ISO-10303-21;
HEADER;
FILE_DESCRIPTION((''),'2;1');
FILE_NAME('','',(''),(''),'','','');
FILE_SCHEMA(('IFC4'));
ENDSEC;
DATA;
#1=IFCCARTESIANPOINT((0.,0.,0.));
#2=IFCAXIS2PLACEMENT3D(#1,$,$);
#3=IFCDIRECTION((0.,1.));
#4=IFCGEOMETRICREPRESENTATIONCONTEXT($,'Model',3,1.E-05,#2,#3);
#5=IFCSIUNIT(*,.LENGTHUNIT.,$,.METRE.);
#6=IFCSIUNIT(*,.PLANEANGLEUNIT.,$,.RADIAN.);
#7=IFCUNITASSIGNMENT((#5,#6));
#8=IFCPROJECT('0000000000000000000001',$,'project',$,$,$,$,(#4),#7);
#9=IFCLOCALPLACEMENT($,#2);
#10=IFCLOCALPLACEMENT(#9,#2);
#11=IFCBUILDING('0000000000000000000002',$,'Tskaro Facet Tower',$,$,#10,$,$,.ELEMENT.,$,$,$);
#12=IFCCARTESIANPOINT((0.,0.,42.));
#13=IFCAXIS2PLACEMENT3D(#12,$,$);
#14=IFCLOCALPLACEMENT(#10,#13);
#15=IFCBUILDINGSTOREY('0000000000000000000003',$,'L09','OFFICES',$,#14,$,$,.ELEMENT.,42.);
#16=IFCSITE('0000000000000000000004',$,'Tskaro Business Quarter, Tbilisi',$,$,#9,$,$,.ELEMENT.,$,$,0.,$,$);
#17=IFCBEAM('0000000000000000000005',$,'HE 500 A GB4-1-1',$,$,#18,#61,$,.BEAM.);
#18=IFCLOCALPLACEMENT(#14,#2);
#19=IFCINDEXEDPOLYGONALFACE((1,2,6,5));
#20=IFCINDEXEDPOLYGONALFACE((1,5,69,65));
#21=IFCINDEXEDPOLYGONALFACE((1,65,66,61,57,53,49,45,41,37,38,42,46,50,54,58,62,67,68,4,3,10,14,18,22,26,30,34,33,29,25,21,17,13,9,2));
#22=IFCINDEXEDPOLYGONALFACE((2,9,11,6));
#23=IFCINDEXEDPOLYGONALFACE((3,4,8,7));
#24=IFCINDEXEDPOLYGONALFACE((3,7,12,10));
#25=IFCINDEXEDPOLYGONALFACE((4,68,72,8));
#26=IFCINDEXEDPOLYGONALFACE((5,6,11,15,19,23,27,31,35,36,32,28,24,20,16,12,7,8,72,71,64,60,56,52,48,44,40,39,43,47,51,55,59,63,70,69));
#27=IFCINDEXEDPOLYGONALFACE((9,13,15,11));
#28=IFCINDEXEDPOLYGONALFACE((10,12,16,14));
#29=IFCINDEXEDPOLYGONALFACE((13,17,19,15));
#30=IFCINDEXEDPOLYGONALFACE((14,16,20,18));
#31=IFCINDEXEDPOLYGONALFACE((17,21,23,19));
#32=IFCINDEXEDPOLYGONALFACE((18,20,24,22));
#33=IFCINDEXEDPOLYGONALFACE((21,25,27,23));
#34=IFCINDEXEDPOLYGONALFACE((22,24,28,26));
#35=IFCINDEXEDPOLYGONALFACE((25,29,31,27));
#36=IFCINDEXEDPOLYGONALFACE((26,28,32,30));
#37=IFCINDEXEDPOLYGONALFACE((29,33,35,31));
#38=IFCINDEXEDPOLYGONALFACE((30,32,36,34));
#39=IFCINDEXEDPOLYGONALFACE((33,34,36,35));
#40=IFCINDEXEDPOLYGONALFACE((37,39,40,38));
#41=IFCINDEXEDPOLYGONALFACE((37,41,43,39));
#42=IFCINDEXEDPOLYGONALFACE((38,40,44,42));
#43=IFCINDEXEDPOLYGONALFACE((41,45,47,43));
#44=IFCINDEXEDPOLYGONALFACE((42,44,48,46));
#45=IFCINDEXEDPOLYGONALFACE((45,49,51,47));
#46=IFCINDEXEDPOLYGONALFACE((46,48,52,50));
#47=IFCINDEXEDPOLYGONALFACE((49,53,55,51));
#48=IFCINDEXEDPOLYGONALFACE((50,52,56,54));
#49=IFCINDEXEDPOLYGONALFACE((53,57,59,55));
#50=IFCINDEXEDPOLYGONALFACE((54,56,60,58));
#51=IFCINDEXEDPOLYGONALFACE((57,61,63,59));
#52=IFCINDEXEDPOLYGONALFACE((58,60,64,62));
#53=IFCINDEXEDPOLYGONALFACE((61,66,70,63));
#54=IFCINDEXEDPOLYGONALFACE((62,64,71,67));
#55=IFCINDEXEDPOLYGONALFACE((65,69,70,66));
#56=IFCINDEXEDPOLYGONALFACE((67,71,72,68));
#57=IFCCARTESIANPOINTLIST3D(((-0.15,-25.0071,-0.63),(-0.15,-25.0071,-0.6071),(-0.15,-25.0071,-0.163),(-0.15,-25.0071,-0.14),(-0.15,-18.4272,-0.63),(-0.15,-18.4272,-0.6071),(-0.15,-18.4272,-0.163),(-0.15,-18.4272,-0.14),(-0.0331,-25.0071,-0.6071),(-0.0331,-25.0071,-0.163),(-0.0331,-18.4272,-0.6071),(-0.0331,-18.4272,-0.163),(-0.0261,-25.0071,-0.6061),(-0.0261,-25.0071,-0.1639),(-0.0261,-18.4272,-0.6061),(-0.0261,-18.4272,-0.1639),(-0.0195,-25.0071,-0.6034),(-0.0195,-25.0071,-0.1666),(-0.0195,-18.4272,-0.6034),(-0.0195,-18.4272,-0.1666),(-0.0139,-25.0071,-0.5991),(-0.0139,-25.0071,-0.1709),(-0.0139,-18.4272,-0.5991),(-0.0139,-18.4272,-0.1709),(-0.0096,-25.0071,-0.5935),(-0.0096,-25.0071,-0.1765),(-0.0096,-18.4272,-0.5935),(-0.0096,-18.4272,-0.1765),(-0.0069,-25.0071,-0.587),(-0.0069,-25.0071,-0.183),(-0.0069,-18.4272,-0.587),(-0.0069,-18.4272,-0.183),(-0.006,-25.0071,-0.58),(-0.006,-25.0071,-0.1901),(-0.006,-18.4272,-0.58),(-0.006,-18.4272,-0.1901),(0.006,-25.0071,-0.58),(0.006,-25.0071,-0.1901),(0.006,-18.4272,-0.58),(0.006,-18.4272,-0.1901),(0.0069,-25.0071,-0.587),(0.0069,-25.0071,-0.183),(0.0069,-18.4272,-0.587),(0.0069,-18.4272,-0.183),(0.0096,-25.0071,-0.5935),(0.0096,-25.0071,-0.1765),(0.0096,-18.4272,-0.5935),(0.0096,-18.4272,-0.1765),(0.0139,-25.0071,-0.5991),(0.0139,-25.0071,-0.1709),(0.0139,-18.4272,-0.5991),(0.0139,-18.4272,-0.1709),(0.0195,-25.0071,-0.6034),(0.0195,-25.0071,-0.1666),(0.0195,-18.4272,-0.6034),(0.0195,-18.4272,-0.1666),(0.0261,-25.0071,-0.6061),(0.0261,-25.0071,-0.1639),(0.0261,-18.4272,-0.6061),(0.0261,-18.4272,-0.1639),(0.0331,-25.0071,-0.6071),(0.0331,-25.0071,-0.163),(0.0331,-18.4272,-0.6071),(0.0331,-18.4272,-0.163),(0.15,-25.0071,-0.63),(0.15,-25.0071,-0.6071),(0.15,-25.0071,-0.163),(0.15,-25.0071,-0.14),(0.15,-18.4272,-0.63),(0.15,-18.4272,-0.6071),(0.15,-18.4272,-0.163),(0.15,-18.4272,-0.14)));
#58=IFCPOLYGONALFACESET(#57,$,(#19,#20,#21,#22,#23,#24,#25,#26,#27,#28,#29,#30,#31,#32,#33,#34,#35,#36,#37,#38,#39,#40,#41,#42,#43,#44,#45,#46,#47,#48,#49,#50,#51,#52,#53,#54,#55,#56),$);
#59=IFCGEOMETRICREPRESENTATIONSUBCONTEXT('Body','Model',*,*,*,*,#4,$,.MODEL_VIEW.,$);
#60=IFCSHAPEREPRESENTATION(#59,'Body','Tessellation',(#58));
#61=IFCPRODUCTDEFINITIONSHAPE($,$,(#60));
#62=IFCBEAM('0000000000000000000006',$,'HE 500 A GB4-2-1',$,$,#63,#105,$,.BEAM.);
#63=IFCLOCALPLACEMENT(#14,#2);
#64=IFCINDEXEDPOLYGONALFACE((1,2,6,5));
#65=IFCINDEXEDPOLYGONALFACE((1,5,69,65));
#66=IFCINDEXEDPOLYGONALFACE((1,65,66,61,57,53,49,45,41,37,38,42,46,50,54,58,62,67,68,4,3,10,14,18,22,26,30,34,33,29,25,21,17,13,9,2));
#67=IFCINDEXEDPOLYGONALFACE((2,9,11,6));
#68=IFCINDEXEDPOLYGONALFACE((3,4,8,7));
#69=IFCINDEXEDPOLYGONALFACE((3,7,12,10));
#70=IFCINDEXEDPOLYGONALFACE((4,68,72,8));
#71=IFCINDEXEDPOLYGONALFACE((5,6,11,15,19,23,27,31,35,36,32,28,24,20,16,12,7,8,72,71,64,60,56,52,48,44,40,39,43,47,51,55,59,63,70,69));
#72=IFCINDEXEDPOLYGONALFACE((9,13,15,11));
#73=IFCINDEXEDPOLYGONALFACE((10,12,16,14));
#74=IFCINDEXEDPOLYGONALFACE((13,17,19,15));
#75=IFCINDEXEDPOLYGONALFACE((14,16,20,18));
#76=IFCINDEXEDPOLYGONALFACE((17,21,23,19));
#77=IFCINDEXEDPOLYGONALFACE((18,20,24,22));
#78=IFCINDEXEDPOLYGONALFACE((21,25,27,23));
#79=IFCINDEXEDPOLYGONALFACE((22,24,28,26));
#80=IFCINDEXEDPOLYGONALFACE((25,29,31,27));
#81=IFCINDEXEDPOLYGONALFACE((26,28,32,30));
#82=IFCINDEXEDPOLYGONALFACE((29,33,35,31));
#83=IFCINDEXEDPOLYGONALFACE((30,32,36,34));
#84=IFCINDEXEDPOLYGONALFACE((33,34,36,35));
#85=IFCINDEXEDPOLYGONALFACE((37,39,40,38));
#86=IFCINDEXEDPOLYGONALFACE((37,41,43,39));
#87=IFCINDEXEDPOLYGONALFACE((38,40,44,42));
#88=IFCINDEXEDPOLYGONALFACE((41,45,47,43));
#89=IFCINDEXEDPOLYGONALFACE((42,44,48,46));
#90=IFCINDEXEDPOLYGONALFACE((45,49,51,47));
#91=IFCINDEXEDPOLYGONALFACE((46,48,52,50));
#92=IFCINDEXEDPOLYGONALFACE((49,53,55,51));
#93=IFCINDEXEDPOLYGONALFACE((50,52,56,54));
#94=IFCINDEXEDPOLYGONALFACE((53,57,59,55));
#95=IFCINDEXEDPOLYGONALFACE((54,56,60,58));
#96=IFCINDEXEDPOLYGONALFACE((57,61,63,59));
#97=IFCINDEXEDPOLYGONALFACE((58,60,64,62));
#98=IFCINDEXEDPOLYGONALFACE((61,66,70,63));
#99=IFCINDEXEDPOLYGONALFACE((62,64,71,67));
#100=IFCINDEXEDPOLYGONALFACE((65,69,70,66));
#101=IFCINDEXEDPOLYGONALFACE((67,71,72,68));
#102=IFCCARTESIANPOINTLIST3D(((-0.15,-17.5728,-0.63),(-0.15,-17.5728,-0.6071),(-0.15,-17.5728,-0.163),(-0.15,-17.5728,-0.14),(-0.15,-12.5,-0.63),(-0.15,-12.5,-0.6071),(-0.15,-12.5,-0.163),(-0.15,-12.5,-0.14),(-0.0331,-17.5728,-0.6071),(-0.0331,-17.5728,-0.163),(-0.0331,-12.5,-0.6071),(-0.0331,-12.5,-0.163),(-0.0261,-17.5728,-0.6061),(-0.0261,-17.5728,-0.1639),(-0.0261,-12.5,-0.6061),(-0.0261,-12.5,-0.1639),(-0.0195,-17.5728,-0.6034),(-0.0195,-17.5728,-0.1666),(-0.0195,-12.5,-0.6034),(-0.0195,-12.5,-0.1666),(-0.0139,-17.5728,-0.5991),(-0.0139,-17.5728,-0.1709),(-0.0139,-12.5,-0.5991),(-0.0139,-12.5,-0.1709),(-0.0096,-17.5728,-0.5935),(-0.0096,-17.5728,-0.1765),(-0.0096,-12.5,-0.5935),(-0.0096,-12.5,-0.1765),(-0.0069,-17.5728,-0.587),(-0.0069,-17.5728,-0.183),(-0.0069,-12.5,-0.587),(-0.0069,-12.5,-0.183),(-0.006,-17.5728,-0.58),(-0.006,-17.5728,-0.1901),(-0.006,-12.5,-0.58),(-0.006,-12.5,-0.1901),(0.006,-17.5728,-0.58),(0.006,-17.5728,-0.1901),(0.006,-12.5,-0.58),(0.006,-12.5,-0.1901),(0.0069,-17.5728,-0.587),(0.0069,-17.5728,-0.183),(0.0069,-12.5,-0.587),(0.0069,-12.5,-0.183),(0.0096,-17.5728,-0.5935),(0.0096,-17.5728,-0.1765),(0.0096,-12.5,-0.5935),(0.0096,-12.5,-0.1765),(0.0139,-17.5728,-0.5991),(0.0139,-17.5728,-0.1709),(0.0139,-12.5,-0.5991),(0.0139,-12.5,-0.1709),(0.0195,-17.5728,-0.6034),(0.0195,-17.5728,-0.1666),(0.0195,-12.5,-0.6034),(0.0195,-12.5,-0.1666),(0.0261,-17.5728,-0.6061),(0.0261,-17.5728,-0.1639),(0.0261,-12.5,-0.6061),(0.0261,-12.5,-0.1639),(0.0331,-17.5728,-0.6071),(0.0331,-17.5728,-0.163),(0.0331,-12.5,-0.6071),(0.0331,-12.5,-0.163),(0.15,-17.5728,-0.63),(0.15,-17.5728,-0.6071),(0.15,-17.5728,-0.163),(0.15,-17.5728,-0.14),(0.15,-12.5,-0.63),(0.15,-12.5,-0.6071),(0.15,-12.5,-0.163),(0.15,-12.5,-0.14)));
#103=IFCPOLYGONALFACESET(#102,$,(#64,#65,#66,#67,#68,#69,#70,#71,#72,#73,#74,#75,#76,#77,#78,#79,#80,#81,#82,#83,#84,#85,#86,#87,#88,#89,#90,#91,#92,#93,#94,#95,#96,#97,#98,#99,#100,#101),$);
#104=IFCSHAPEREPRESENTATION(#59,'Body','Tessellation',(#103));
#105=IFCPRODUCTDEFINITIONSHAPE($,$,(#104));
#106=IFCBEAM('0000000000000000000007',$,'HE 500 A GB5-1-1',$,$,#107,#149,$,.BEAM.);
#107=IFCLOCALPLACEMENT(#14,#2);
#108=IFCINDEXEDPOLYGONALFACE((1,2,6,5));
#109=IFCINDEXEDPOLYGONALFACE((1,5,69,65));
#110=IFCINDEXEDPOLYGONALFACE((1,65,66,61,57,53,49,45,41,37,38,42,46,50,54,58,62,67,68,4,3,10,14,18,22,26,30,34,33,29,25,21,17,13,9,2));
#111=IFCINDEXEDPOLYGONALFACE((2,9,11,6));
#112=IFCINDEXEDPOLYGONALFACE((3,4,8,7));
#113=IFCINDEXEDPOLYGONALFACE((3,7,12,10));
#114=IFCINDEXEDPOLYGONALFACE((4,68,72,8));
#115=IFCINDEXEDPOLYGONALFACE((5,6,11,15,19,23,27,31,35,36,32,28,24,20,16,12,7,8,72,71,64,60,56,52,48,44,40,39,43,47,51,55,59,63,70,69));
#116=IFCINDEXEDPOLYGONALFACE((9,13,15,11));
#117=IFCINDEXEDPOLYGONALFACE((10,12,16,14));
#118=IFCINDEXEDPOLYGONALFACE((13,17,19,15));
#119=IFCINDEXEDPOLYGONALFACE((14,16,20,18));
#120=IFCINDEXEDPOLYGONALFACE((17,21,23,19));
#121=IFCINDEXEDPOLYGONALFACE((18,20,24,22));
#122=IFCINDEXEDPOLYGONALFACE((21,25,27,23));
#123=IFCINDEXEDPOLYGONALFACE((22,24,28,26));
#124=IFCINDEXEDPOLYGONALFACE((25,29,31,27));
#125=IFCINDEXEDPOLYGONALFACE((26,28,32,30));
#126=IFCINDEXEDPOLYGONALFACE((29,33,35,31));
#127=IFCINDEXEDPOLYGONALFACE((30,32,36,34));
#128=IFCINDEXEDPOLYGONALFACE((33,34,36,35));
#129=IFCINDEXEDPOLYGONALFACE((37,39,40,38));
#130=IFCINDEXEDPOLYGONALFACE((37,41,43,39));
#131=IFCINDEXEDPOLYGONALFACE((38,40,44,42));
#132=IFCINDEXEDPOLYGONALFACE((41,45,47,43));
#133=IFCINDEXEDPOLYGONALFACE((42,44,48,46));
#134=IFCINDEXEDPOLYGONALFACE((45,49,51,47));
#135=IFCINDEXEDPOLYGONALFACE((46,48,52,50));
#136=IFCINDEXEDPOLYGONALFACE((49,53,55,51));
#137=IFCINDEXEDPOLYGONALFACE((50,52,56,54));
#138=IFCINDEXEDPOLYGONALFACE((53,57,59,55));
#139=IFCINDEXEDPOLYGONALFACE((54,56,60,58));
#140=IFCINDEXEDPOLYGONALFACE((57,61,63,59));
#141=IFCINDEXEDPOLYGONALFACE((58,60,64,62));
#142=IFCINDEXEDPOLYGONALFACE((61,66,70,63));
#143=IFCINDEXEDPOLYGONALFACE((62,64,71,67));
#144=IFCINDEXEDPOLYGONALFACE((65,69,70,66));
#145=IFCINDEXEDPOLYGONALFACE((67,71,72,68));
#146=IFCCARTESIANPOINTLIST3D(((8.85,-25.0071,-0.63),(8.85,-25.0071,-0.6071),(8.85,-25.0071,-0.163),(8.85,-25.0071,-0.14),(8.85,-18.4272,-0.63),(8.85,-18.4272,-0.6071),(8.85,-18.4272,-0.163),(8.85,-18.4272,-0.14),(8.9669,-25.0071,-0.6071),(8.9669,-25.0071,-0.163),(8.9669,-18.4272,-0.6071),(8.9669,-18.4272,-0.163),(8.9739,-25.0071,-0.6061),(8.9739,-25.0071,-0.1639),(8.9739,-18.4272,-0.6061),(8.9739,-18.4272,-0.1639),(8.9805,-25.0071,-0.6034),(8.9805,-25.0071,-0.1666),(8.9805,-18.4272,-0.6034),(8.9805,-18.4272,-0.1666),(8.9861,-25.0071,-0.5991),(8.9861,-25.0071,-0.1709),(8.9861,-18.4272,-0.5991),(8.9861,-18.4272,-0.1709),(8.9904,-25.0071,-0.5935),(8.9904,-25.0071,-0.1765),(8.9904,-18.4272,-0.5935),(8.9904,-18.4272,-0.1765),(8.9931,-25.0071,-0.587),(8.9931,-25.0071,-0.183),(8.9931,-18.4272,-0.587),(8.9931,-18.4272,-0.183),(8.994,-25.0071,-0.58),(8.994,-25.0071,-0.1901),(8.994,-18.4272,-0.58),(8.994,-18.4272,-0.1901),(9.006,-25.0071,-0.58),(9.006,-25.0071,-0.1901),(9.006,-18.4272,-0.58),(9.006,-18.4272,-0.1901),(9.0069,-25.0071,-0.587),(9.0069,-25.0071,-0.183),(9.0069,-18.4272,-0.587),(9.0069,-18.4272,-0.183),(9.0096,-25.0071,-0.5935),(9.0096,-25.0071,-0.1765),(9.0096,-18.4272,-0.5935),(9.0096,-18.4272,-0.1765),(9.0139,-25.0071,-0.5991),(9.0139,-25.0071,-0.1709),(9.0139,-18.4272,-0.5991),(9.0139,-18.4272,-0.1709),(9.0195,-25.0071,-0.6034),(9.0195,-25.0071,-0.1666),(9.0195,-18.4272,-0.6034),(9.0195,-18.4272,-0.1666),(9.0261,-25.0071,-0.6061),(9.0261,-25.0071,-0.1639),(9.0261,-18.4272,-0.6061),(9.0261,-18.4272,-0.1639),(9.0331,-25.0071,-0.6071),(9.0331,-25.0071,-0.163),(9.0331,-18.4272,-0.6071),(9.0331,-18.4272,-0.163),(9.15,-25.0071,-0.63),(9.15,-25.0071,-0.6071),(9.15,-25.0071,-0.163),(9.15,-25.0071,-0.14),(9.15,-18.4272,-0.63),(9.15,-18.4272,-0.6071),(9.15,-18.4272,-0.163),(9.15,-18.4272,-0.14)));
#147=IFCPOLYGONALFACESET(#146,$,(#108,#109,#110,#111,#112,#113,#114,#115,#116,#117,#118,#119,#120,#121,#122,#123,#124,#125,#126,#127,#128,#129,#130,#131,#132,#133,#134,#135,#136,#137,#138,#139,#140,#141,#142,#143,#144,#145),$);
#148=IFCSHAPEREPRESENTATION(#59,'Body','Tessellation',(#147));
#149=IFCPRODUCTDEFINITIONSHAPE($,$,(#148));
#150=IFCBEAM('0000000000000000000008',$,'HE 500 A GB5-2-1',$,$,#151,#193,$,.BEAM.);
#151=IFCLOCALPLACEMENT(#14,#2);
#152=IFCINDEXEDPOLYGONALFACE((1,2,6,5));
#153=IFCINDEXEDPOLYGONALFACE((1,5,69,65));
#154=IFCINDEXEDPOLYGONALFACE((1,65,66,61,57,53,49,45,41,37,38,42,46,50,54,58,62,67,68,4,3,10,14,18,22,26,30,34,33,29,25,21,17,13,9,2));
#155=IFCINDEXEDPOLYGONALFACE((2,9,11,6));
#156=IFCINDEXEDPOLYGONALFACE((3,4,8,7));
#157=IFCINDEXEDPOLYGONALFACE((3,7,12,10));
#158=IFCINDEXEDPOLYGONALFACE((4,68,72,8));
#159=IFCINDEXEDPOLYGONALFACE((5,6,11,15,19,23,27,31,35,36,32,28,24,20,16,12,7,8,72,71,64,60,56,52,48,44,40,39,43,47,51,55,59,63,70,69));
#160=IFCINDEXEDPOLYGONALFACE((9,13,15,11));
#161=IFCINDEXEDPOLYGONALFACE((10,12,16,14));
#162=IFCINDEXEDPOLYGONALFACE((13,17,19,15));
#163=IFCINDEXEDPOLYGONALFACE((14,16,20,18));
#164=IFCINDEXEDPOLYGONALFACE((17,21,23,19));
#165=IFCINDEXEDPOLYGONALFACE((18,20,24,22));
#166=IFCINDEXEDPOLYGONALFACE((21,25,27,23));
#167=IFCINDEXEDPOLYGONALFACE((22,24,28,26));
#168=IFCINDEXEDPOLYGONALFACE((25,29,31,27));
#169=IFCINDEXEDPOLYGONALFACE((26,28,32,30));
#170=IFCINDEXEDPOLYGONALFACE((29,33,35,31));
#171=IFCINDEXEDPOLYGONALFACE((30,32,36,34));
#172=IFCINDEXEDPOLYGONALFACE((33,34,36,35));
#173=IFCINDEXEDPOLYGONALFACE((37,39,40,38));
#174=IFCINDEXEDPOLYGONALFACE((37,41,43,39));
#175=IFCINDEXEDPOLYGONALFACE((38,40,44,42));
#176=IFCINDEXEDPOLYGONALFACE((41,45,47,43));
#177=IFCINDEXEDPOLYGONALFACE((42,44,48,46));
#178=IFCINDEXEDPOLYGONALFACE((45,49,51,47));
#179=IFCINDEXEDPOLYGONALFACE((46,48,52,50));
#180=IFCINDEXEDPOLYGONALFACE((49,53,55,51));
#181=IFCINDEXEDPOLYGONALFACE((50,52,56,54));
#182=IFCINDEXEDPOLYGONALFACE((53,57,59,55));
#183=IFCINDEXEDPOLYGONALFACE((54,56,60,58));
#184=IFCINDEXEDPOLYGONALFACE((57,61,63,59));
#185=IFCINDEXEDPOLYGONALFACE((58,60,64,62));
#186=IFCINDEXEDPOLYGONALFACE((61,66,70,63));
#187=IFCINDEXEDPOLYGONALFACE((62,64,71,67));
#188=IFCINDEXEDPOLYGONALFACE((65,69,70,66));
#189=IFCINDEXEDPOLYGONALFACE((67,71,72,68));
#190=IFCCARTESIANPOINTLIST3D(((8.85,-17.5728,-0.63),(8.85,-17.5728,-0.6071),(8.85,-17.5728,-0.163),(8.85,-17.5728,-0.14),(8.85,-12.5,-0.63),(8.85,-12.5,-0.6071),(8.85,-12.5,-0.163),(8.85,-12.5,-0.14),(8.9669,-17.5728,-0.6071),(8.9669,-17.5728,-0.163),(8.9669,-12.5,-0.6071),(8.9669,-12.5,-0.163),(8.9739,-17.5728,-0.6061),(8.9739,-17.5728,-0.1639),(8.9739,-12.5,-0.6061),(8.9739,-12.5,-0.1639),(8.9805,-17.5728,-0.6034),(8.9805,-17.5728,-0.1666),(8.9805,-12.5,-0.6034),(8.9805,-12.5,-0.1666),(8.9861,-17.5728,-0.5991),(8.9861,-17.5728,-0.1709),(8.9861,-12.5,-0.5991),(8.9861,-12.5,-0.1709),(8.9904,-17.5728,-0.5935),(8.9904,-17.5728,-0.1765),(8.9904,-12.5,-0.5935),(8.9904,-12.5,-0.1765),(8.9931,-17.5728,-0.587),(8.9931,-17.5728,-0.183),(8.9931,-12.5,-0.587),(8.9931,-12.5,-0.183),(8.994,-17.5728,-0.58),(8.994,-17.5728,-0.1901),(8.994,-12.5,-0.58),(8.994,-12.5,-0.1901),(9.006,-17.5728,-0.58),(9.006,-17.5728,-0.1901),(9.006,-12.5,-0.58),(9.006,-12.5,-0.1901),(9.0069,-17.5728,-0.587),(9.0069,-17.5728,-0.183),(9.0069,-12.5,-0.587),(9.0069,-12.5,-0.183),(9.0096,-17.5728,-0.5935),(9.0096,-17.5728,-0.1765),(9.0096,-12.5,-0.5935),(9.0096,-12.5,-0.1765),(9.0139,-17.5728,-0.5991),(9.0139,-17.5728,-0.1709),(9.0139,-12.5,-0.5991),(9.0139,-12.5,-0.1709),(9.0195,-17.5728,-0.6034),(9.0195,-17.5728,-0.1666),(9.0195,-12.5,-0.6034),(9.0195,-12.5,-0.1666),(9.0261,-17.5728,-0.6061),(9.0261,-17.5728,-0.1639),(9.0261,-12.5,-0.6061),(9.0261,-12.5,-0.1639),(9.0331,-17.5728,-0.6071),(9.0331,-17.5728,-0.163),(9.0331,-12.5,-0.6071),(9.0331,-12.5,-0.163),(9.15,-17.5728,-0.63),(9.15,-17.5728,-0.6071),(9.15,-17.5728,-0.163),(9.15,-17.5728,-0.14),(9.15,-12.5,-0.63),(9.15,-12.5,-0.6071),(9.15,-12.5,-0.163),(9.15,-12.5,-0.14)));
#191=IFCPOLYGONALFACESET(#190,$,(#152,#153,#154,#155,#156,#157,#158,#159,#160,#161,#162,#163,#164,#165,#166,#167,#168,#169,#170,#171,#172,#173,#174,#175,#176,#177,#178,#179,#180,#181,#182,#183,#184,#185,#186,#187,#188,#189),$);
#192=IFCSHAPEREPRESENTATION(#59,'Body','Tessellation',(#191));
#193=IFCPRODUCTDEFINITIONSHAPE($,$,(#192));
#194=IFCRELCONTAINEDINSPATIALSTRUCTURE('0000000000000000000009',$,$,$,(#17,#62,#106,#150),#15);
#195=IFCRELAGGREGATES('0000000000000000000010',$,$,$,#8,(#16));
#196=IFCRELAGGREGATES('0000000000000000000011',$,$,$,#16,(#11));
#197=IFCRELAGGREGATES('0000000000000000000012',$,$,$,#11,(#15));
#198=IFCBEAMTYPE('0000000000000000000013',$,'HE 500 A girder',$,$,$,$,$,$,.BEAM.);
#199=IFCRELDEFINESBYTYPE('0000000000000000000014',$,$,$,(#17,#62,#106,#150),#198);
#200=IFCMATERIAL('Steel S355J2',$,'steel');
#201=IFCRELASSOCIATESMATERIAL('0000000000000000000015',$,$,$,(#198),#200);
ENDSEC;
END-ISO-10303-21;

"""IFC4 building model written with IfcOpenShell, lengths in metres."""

from ifc_helpers import new_model, si_unit, direction, frame, origin, origin_2d, place, context, subcontext, project, spatial, i_section, extrude, material, material_profile, profile_set, type_object, element, save


model = new_model("IFC4")

# Units and contexts
model_context = context("Model", 3, precision=1e-05, world=origin(), true_north=direction((0.0, 1.0)))
body_context = subcontext(model_context, "Body", "Model", "MODEL_VIEW")
ifc_project = project(units=[si_unit("LENGTHUNIT", "METRE"), si_unit("PLANEANGLEUNIT", "RADIAN")], contexts=[model_context])

# Site, building, storey
site_placement = place(None, origin())
site = spatial("IfcSite", under=ifc_project, at=site_placement, Name="Tskaro Business Quarter, Tbilisi", CompositionType="ELEMENT", RefElevation=0.0)
building_placement = place(site_placement, origin())
building = spatial("IfcBuilding", under=site, at=building_placement, Name="Tskaro Facet Tower", CompositionType="ELEMENT")
storey_placement = place(building_placement, frame((0.0, 0.0, 42.0)))
storey = spatial("IfcBuildingStorey", under=building, at=storey_placement, Name="L09", Description="OFFICES", CompositionType="ELEMENT", Elevation=42.0)

# Beams
ifc_material_1 = material(Name="Steel S355J2", Category="steel")
ifc_material_profile_1 = material_profile(ifc_material_1, i_section(OverallWidth=0.3, OverallDepth=0.49, WebThickness=0.012, FlangeThickness=0.0229, FilletRadius=0.0271, at=origin_2d()), Name="HE 500 A")
ifc_profile_set_1 = profile_set([ifc_material_profile_1], Name="Steel S355J2")
beam_type_1 = type_object("IfcBeamType", Name="HE 500 A girder", PredefinedType="BEAM", material=ifc_profile_set_1)
beam_1_placement = place(storey_placement, frame((0.0, -25.0071, -0.385), z_axis=(0.0, 1.0, 0.0), x_axis=(-1.0, 0.0, 0.0)))
element("IfcBeam", 1, at=beam_1_placement, inside=storey, type_object=beam_type_1, Name="HE 500 A GB4-1-1", PredefinedType="BEAM", context=body_context, shape_type="SweptSolid", body=[
    extrude(i_section(OverallWidth=0.3, OverallDepth=0.49, WebThickness=0.012, FlangeThickness=0.0229, FilletRadius=0.0271, at=origin_2d()), origin(), (0.0, 0.0, 1.0), 6.5798),
])
beam_2_placement = place(storey_placement, frame((0.0, -17.5728, -0.385), z_axis=(0.0, 1.0, 0.0), x_axis=(-1.0, 0.0, 0.0)))
element("IfcBeam", 2, at=beam_2_placement, inside=storey, type_object=beam_type_1, Name="HE 500 A GB4-2-1", PredefinedType="BEAM", context=body_context, shape_type="SweptSolid", body=[
    extrude(i_section(OverallWidth=0.3, OverallDepth=0.49, WebThickness=0.012, FlangeThickness=0.0229, FilletRadius=0.0271, at=origin_2d()), origin(), (0.0, 0.0, 1.0), 5.0728),
])
beam_3_placement = place(storey_placement, frame((9.0, -25.0071, -0.385), z_axis=(0.0, 1.0, 0.0), x_axis=(-1.0, 0.0, 0.0)))
element("IfcBeam", 3, at=beam_3_placement, inside=storey, type_object=beam_type_1, Name="HE 500 A GB5-1-1", PredefinedType="BEAM", context=body_context, shape_type="SweptSolid", body=[
    extrude(i_section(OverallWidth=0.3, OverallDepth=0.49, WebThickness=0.012, FlangeThickness=0.0229, FilletRadius=0.0271, at=origin_2d()), origin(), (0.0, 0.0, 1.0), 6.5798),
])
beam_4_placement = place(storey_placement, frame((9.0, -17.5728, -0.385), z_axis=(0.0, 1.0, 0.0), x_axis=(-1.0, 0.0, 0.0)))
element("IfcBeam", 4, at=beam_4_placement, inside=storey, type_object=beam_type_1, Name="HE 500 A GB5-2-1", PredefinedType="BEAM", context=body_context, shape_type="SweptSolid", body=[
    extrude(i_section(OverallWidth=0.3, OverallDepth=0.49, WebThickness=0.012, FlangeThickness=0.0229, FilletRadius=0.0271, at=origin_2d()), origin(), (0.0, 0.0, 1.0), 5.0728),
])

save(model, "model.ifc")
